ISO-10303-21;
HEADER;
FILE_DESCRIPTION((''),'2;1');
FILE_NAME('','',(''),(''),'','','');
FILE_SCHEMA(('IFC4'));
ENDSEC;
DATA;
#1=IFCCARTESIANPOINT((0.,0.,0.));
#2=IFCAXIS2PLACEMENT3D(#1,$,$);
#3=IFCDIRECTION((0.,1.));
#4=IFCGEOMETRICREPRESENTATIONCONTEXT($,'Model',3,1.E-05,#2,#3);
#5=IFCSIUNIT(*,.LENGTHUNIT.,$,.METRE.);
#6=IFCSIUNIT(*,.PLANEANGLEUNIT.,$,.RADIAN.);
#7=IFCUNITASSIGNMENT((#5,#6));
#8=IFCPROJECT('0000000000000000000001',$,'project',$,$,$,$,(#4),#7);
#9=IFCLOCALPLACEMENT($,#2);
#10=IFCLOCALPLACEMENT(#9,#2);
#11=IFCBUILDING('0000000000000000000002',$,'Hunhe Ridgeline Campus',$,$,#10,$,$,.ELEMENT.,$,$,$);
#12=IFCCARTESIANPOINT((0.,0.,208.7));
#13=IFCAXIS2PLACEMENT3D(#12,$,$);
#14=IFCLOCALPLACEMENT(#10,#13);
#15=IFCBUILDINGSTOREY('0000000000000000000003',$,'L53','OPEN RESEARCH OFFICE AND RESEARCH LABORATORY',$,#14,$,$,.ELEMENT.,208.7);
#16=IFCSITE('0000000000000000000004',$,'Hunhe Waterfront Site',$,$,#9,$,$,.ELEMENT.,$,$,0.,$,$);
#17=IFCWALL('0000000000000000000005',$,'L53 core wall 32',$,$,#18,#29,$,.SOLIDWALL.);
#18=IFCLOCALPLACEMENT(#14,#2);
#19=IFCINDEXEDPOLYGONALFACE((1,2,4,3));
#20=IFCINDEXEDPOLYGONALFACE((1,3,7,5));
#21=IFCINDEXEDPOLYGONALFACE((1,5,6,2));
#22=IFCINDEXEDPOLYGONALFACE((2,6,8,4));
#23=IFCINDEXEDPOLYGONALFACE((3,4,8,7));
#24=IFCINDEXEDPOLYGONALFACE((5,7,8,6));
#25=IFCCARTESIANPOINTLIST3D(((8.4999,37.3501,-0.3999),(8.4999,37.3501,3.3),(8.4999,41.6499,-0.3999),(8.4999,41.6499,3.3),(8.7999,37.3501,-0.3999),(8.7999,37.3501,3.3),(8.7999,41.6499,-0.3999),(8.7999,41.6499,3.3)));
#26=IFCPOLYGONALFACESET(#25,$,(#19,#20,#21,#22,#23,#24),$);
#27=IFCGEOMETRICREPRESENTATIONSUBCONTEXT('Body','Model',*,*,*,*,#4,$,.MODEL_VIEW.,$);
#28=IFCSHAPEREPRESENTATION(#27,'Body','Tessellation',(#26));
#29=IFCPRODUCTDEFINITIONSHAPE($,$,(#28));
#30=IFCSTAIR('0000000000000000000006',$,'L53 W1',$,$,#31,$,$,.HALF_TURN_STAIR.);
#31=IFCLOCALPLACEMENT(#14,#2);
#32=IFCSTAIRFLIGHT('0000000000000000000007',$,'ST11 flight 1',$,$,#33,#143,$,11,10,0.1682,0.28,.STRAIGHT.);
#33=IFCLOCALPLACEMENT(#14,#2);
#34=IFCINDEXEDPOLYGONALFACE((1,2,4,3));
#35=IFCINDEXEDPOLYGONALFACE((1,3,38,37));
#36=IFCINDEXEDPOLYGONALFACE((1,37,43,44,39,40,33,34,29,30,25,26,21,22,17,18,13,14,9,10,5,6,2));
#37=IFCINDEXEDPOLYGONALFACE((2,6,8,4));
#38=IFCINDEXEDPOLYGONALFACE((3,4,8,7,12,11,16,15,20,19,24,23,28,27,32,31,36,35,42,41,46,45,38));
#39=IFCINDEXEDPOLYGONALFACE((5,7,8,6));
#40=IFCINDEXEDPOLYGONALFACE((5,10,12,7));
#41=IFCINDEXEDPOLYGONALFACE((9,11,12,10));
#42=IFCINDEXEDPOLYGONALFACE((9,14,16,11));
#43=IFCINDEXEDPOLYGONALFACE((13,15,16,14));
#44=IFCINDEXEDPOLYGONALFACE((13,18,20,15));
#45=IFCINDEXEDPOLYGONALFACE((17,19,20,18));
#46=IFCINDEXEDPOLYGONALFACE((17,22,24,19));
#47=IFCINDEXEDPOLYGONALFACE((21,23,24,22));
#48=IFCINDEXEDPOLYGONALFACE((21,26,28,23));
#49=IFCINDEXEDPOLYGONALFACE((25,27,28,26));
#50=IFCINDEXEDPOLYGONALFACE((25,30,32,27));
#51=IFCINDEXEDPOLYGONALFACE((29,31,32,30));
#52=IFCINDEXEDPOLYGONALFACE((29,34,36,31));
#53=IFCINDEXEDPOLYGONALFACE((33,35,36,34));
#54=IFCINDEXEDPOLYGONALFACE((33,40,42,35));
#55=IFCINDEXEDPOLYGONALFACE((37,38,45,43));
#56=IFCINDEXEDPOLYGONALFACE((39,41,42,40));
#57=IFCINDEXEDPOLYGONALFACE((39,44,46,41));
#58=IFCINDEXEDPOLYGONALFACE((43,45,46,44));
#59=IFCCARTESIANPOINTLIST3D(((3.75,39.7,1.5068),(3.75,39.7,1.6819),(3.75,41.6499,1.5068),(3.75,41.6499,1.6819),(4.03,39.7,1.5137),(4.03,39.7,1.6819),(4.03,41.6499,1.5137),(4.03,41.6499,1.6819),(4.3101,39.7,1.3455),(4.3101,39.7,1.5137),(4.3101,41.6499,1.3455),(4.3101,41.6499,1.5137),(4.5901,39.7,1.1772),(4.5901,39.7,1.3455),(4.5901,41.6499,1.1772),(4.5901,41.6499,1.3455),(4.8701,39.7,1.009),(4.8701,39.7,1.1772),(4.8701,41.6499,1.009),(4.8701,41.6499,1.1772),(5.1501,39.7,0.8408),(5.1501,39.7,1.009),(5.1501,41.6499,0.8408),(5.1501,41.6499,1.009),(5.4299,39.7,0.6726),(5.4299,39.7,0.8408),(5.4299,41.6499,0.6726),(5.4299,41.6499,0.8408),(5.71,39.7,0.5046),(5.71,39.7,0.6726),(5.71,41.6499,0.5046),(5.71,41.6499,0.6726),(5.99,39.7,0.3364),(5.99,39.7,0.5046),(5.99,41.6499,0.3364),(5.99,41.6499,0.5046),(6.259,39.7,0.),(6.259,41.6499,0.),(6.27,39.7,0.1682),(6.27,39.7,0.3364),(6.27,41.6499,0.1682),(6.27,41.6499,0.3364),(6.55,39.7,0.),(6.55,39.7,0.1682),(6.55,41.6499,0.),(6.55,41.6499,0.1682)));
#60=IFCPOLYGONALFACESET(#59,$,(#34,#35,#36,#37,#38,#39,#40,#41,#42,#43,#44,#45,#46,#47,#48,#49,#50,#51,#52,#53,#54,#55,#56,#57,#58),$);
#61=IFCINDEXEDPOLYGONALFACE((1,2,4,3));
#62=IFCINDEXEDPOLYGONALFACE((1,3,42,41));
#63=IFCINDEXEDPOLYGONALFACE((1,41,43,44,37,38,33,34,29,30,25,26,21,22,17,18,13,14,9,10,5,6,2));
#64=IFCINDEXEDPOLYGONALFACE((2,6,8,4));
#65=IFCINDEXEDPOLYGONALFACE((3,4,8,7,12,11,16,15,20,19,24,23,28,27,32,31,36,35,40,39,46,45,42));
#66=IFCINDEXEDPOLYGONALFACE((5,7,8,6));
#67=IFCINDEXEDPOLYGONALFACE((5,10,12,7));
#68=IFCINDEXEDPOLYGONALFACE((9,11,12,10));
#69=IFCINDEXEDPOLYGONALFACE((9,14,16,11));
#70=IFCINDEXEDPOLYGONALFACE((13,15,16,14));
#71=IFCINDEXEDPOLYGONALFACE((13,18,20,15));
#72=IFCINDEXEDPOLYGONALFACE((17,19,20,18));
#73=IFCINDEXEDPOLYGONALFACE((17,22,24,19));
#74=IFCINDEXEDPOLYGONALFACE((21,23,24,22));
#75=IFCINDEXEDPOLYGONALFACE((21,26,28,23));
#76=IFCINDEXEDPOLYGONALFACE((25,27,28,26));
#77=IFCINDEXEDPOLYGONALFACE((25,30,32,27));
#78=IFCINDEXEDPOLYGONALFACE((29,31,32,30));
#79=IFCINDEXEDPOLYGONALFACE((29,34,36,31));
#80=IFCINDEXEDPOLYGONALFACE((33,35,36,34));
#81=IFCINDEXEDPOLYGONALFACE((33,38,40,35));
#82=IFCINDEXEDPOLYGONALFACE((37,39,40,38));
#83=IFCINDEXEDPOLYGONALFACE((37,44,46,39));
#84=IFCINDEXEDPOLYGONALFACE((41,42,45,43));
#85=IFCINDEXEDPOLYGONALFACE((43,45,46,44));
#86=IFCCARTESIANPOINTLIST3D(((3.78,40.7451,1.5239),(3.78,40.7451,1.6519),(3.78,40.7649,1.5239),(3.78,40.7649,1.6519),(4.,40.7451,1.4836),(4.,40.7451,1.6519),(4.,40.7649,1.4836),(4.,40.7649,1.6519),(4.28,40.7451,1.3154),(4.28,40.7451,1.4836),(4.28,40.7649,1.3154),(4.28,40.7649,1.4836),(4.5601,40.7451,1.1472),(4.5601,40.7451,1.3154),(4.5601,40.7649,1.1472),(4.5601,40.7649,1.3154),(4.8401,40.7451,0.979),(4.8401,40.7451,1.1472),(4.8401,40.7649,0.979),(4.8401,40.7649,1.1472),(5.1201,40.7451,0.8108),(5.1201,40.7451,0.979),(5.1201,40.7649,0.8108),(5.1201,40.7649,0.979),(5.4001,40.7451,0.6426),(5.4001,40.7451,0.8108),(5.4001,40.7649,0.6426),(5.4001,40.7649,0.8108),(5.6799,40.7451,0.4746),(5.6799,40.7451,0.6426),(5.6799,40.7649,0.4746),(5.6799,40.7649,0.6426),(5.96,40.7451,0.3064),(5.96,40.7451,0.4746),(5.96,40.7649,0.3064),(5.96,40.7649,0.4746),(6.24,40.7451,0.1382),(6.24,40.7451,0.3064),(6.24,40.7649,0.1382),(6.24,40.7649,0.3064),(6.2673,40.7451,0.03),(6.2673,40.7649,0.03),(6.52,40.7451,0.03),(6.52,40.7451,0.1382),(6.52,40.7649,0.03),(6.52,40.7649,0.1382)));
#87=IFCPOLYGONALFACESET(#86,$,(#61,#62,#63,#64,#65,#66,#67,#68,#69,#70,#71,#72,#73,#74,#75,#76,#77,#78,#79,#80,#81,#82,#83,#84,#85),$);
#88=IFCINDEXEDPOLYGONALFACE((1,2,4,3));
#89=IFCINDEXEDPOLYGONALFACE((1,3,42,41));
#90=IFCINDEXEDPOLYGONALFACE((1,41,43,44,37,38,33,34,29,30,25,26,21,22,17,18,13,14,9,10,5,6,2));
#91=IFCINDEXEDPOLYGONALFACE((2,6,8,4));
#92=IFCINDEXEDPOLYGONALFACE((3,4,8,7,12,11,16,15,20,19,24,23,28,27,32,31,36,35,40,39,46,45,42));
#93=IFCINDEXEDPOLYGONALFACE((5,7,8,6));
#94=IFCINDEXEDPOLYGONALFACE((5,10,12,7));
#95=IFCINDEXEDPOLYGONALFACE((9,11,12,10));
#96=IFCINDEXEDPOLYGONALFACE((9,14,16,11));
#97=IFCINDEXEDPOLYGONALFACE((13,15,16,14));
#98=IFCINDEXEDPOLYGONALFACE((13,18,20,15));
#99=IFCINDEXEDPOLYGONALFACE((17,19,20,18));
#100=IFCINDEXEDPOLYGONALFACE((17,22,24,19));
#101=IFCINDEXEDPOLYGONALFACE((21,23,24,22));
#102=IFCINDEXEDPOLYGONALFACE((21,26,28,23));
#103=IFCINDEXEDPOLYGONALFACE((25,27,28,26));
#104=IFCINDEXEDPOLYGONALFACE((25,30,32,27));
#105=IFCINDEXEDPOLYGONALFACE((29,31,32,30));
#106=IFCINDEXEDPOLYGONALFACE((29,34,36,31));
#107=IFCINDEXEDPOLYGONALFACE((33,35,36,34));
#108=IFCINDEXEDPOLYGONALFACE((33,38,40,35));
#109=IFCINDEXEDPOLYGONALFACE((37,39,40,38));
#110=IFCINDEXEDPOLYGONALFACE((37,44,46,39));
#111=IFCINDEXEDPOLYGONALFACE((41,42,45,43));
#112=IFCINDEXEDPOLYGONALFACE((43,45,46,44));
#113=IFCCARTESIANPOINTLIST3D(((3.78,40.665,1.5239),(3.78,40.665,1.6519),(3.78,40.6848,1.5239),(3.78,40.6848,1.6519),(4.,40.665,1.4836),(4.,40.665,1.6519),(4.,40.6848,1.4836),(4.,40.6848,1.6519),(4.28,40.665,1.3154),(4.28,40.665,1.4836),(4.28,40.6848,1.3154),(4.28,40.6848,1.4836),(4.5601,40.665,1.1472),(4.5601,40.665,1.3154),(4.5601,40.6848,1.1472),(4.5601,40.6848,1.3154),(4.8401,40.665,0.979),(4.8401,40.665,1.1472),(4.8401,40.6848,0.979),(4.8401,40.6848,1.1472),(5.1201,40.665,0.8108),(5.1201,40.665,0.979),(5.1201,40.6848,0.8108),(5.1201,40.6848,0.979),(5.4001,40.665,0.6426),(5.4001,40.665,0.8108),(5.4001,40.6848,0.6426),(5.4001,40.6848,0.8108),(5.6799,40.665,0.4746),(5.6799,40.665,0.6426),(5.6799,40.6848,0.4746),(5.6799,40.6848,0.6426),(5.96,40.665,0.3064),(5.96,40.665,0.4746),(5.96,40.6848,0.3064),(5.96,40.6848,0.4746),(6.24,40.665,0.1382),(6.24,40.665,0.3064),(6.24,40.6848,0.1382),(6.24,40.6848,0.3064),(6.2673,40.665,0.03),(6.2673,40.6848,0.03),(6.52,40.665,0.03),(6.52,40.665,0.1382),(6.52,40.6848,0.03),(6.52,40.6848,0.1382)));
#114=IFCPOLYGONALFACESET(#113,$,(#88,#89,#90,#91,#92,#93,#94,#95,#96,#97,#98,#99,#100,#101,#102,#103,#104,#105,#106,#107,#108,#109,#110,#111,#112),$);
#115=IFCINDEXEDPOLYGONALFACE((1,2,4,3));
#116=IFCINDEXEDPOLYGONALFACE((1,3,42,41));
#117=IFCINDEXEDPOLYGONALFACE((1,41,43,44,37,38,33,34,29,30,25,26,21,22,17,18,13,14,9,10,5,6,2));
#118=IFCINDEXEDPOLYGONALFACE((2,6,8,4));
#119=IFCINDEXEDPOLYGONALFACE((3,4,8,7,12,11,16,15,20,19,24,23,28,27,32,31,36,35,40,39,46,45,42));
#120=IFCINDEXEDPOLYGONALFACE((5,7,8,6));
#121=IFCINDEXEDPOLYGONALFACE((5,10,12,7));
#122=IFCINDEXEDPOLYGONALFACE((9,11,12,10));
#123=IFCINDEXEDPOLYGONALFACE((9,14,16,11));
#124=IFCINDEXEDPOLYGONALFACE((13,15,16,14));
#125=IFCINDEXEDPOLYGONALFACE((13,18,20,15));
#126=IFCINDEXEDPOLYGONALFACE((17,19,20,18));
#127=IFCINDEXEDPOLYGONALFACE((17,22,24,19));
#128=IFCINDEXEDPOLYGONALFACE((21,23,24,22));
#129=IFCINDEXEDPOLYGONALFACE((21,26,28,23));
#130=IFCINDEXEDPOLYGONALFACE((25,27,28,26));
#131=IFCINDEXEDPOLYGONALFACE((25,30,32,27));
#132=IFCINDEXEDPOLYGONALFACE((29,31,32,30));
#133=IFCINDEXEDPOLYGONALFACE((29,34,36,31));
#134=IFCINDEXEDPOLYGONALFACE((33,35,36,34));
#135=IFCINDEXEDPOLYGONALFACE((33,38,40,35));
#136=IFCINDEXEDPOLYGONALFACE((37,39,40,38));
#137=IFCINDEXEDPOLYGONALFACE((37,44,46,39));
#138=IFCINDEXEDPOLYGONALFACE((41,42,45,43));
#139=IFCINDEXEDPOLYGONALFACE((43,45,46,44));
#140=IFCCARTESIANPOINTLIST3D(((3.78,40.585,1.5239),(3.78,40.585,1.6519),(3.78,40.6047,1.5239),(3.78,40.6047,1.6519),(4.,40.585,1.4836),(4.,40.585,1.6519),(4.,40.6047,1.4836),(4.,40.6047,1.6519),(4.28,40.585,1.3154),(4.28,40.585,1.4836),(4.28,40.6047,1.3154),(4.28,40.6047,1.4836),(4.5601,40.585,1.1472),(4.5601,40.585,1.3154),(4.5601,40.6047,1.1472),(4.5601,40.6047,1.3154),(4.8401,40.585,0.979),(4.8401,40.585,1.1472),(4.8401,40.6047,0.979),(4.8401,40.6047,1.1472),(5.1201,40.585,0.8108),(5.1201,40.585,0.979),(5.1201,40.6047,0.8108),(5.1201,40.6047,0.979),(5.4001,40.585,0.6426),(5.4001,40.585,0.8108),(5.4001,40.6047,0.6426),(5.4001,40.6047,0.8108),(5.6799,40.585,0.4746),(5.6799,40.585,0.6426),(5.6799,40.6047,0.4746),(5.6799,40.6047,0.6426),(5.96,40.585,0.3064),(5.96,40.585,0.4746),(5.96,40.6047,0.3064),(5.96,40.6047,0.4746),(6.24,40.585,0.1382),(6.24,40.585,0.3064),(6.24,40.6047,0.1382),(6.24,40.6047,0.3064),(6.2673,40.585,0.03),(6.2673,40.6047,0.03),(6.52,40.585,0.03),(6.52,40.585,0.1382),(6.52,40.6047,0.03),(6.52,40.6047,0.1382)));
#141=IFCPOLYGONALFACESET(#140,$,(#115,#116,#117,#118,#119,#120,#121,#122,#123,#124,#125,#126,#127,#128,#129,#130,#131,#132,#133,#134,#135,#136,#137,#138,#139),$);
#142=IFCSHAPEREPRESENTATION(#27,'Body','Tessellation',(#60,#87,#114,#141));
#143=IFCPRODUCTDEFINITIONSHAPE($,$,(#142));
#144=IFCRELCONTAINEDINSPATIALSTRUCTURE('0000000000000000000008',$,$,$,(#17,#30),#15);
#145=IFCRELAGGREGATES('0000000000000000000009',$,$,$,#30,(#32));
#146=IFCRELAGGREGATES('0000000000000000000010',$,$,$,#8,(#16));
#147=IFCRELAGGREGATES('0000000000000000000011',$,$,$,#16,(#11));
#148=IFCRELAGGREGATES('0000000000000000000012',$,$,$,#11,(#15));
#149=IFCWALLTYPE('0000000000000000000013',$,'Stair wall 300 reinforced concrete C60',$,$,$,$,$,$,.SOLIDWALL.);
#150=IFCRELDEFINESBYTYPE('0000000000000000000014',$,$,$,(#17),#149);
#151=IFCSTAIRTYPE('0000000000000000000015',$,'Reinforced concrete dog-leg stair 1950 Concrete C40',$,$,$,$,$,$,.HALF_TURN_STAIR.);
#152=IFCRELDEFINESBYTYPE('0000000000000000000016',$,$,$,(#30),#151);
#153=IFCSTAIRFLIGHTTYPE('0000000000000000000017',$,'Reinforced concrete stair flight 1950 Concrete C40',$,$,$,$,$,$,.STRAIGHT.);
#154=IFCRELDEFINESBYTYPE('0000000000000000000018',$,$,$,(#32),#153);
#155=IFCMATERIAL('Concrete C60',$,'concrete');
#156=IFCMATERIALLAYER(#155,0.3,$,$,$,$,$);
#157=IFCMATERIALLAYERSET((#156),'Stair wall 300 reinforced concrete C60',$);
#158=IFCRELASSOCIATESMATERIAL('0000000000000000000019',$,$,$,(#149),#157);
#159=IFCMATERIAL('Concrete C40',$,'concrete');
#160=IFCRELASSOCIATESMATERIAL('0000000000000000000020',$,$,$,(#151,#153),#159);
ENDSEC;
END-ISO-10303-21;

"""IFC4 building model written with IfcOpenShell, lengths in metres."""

from ifc_helpers import new_model, si_unit, direction, frame, frame_2d, origin, place, context, subcontext, project, spatial, polyline, rectangle, outline, extrude, material, layer, layer_set, type_object, element, aggregate, save


model = new_model("IFC4")

# Units and contexts
model_context = context("Model", 3, precision=1e-05, world=origin(), true_north=direction((0.0, 1.0)))
body_context = subcontext(model_context, "Body", "Model", "MODEL_VIEW")
ifc_project = project(units=[si_unit("LENGTHUNIT", "METRE"), si_unit("PLANEANGLEUNIT", "RADIAN")], contexts=[model_context])

# Site, building, storey
site_placement = place(None, origin())
site = spatial("IfcSite", under=ifc_project, at=site_placement, Name="Hunhe Waterfront Site", CompositionType="ELEMENT", RefElevation=0.0)
building_placement = place(site_placement, origin())
building = spatial("IfcBuilding", under=site, at=building_placement, Name="Hunhe Ridgeline Campus", CompositionType="ELEMENT")
storey_placement = place(building_placement, frame((0.0, 0.0, 208.7)))
storey = spatial("IfcBuildingStorey", under=building, at=storey_placement, Name="L53", Description="OPEN RESEARCH OFFICE AND RESEARCH LABORATORY", CompositionType="ELEMENT", Elevation=208.7)

# Shared definitions
ifc_material_1 = material(Name="Concrete C60", Category="concrete")

# Wall
ifc_layer_1 = layer(ifc_material_1, 0.3)
ifc_layer_set_1 = layer_set([ifc_layer_1], Name="Stair wall 300 reinforced concrete C60")
wall_type_1 = type_object("IfcWallType", Name="Stair wall 300 reinforced concrete C60", PredefinedType="SOLIDWALL", material=ifc_layer_set_1)
wall_1_placement = place(storey_placement, frame((8.6499, 37.3501, -0.3999), z_axis=(0.0, 0.0, 1.0), x_axis=(0.0, 1.0, 0.0)))
element("IfcWall", 1, at=wall_1_placement, inside=storey, type_object=wall_type_1, Name="L53 core wall 32", PredefinedType="SOLIDWALL", context=body_context, shape_type="SweptSolid", body=[
    extrude(rectangle(XDim=4.2998, YDim=0.3, at=frame_2d((2.1499, 0.0))), origin(), (0.0, 0.0, 1.0), 3.7),
])

# Stair, stair flight
ifc_material_2 = material(Name="Concrete C40", Category="concrete")
stair_type = type_object("IfcStairType", Name="Reinforced concrete dog-leg stair 1950 Concrete C40", PredefinedType="HALF_TURN_STAIR", material=ifc_material_2)
stair_placement = place(storey_placement, origin())
stair = element("IfcStair", 2, at=stair_placement, inside=storey, type_object=stair_type, Name="L53 W1", PredefinedType="HALF_TURN_STAIR")
stair_flight_type = type_object("IfcStairFlightType", Name="Reinforced concrete stair flight 1950 Concrete C40", PredefinedType="STRAIGHT", material=ifc_material_2)
stair_flight_placement = place(storey_placement, frame((6.55, 40.675, 0.0), z_axis=(0.0, 0.0, 1.0), x_axis=(-1.0, 0.0, 0.0)))
stair_flight = element("IfcStairFlight", 3, at=stair_flight_placement, type_object=stair_flight_type, Name="ST11 flight 1", NumberOfRisers=11, NumberOfTreads=10, PredefinedType="STRAIGHT", RiserHeight=0.1682, TreadLength=0.28, context=body_context, shape_type="SweptSolid", body=[
    extrude(outline(polyline([(0.0, 0.0), (0.0, 0.1682), (0.28, 0.1682), (0.28, 0.3364), (0.5601, 0.3364), (0.5601, 0.5046), (0.8401, 0.5046), (0.8401, 0.6726), (1.1201, 0.6726), (1.1201, 0.8408), (1.3999, 0.8408), (1.3999, 1.009), (1.6799, 1.009), (1.6799, 1.1772), (1.96, 1.1772), (1.96, 1.3455), (2.24, 1.3455), (2.24, 1.5137), (2.52, 1.5137), (2.52, 1.6819), (2.8, 1.6819), (2.8, 1.8501), (2.8, 1.5068), (0.291, 0.0), (0.0, 0.0)])), frame((0.0, 0.9751, 0.0), z_axis=(0.0, -1.0, 0.0), x_axis=(1.0, 0.0, 0.0)), (0.0, 0.0, 1.0), 1.95),
    extrude(outline(polyline([(0.03, 0.03), (0.03, 0.1382), (0.3101, 0.1382), (0.3101, 0.3064), (0.5901, 0.3064), (0.5901, 0.4746), (0.8701, 0.4746), (0.8701, 0.6426), (1.1499, 0.6426), (1.1499, 0.8108), (1.4299, 0.8108), (1.4299, 0.979), (1.71, 0.979), (1.71, 1.1472), (1.99, 1.1472), (1.99, 1.3154), (2.27, 1.3154), (2.27, 1.4836), (2.55, 1.4836), (2.55, 1.6519), (2.77, 1.6519), (2.77, 1.5239), (0.2827, 0.03), (0.03, 0.03)])), frame((0.0, -0.0701, 0.0), z_axis=(0.0, -1.0, 0.0), x_axis=(1.0, 0.0, 0.0)), (0.0, 0.0, 1.0), 0.0198),
    extrude(outline(polyline([(0.03, 0.03), (0.03, 0.1382), (0.3101, 0.1382), (0.3101, 0.3064), (0.5901, 0.3064), (0.5901, 0.4746), (0.8701, 0.4746), (0.8701, 0.6426), (1.1499, 0.6426), (1.1499, 0.8108), (1.4299, 0.8108), (1.4299, 0.979), (1.71, 0.979), (1.71, 1.1472), (1.99, 1.1472), (1.99, 1.3154), (2.27, 1.3154), (2.27, 1.4836), (2.55, 1.4836), (2.55, 1.6519), (2.77, 1.6519), (2.77, 1.5239), (0.2827, 0.03), (0.03, 0.03)])), frame((0.0, 0.01, 0.0), z_axis=(0.0, -1.0, 0.0), x_axis=(1.0, 0.0, 0.0)), (0.0, 0.0, 1.0), 0.0198),
    extrude(outline(polyline([(0.03, 0.03), (0.03, 0.1382), (0.3101, 0.1382), (0.3101, 0.3064), (0.5901, 0.3064), (0.5901, 0.4746), (0.8701, 0.4746), (0.8701, 0.6426), (1.1499, 0.6426), (1.1499, 0.8108), (1.4299, 0.8108), (1.4299, 0.979), (1.71, 0.979), (1.71, 1.1472), (1.99, 1.1472), (1.99, 1.3154), (2.27, 1.3154), (2.27, 1.4836), (2.55, 1.4836), (2.55, 1.6519), (2.77, 1.6519), (2.77, 1.5239), (0.2827, 0.03), (0.03, 0.03)])), frame((0.0, 0.0901, 0.0), z_axis=(0.0, -1.0, 0.0), x_axis=(1.0, 0.0, 0.0)), (0.0, 0.0, 1.0), 0.0198),
])
aggregate(stair, [stair_flight])

save(model, "model.ifc")
